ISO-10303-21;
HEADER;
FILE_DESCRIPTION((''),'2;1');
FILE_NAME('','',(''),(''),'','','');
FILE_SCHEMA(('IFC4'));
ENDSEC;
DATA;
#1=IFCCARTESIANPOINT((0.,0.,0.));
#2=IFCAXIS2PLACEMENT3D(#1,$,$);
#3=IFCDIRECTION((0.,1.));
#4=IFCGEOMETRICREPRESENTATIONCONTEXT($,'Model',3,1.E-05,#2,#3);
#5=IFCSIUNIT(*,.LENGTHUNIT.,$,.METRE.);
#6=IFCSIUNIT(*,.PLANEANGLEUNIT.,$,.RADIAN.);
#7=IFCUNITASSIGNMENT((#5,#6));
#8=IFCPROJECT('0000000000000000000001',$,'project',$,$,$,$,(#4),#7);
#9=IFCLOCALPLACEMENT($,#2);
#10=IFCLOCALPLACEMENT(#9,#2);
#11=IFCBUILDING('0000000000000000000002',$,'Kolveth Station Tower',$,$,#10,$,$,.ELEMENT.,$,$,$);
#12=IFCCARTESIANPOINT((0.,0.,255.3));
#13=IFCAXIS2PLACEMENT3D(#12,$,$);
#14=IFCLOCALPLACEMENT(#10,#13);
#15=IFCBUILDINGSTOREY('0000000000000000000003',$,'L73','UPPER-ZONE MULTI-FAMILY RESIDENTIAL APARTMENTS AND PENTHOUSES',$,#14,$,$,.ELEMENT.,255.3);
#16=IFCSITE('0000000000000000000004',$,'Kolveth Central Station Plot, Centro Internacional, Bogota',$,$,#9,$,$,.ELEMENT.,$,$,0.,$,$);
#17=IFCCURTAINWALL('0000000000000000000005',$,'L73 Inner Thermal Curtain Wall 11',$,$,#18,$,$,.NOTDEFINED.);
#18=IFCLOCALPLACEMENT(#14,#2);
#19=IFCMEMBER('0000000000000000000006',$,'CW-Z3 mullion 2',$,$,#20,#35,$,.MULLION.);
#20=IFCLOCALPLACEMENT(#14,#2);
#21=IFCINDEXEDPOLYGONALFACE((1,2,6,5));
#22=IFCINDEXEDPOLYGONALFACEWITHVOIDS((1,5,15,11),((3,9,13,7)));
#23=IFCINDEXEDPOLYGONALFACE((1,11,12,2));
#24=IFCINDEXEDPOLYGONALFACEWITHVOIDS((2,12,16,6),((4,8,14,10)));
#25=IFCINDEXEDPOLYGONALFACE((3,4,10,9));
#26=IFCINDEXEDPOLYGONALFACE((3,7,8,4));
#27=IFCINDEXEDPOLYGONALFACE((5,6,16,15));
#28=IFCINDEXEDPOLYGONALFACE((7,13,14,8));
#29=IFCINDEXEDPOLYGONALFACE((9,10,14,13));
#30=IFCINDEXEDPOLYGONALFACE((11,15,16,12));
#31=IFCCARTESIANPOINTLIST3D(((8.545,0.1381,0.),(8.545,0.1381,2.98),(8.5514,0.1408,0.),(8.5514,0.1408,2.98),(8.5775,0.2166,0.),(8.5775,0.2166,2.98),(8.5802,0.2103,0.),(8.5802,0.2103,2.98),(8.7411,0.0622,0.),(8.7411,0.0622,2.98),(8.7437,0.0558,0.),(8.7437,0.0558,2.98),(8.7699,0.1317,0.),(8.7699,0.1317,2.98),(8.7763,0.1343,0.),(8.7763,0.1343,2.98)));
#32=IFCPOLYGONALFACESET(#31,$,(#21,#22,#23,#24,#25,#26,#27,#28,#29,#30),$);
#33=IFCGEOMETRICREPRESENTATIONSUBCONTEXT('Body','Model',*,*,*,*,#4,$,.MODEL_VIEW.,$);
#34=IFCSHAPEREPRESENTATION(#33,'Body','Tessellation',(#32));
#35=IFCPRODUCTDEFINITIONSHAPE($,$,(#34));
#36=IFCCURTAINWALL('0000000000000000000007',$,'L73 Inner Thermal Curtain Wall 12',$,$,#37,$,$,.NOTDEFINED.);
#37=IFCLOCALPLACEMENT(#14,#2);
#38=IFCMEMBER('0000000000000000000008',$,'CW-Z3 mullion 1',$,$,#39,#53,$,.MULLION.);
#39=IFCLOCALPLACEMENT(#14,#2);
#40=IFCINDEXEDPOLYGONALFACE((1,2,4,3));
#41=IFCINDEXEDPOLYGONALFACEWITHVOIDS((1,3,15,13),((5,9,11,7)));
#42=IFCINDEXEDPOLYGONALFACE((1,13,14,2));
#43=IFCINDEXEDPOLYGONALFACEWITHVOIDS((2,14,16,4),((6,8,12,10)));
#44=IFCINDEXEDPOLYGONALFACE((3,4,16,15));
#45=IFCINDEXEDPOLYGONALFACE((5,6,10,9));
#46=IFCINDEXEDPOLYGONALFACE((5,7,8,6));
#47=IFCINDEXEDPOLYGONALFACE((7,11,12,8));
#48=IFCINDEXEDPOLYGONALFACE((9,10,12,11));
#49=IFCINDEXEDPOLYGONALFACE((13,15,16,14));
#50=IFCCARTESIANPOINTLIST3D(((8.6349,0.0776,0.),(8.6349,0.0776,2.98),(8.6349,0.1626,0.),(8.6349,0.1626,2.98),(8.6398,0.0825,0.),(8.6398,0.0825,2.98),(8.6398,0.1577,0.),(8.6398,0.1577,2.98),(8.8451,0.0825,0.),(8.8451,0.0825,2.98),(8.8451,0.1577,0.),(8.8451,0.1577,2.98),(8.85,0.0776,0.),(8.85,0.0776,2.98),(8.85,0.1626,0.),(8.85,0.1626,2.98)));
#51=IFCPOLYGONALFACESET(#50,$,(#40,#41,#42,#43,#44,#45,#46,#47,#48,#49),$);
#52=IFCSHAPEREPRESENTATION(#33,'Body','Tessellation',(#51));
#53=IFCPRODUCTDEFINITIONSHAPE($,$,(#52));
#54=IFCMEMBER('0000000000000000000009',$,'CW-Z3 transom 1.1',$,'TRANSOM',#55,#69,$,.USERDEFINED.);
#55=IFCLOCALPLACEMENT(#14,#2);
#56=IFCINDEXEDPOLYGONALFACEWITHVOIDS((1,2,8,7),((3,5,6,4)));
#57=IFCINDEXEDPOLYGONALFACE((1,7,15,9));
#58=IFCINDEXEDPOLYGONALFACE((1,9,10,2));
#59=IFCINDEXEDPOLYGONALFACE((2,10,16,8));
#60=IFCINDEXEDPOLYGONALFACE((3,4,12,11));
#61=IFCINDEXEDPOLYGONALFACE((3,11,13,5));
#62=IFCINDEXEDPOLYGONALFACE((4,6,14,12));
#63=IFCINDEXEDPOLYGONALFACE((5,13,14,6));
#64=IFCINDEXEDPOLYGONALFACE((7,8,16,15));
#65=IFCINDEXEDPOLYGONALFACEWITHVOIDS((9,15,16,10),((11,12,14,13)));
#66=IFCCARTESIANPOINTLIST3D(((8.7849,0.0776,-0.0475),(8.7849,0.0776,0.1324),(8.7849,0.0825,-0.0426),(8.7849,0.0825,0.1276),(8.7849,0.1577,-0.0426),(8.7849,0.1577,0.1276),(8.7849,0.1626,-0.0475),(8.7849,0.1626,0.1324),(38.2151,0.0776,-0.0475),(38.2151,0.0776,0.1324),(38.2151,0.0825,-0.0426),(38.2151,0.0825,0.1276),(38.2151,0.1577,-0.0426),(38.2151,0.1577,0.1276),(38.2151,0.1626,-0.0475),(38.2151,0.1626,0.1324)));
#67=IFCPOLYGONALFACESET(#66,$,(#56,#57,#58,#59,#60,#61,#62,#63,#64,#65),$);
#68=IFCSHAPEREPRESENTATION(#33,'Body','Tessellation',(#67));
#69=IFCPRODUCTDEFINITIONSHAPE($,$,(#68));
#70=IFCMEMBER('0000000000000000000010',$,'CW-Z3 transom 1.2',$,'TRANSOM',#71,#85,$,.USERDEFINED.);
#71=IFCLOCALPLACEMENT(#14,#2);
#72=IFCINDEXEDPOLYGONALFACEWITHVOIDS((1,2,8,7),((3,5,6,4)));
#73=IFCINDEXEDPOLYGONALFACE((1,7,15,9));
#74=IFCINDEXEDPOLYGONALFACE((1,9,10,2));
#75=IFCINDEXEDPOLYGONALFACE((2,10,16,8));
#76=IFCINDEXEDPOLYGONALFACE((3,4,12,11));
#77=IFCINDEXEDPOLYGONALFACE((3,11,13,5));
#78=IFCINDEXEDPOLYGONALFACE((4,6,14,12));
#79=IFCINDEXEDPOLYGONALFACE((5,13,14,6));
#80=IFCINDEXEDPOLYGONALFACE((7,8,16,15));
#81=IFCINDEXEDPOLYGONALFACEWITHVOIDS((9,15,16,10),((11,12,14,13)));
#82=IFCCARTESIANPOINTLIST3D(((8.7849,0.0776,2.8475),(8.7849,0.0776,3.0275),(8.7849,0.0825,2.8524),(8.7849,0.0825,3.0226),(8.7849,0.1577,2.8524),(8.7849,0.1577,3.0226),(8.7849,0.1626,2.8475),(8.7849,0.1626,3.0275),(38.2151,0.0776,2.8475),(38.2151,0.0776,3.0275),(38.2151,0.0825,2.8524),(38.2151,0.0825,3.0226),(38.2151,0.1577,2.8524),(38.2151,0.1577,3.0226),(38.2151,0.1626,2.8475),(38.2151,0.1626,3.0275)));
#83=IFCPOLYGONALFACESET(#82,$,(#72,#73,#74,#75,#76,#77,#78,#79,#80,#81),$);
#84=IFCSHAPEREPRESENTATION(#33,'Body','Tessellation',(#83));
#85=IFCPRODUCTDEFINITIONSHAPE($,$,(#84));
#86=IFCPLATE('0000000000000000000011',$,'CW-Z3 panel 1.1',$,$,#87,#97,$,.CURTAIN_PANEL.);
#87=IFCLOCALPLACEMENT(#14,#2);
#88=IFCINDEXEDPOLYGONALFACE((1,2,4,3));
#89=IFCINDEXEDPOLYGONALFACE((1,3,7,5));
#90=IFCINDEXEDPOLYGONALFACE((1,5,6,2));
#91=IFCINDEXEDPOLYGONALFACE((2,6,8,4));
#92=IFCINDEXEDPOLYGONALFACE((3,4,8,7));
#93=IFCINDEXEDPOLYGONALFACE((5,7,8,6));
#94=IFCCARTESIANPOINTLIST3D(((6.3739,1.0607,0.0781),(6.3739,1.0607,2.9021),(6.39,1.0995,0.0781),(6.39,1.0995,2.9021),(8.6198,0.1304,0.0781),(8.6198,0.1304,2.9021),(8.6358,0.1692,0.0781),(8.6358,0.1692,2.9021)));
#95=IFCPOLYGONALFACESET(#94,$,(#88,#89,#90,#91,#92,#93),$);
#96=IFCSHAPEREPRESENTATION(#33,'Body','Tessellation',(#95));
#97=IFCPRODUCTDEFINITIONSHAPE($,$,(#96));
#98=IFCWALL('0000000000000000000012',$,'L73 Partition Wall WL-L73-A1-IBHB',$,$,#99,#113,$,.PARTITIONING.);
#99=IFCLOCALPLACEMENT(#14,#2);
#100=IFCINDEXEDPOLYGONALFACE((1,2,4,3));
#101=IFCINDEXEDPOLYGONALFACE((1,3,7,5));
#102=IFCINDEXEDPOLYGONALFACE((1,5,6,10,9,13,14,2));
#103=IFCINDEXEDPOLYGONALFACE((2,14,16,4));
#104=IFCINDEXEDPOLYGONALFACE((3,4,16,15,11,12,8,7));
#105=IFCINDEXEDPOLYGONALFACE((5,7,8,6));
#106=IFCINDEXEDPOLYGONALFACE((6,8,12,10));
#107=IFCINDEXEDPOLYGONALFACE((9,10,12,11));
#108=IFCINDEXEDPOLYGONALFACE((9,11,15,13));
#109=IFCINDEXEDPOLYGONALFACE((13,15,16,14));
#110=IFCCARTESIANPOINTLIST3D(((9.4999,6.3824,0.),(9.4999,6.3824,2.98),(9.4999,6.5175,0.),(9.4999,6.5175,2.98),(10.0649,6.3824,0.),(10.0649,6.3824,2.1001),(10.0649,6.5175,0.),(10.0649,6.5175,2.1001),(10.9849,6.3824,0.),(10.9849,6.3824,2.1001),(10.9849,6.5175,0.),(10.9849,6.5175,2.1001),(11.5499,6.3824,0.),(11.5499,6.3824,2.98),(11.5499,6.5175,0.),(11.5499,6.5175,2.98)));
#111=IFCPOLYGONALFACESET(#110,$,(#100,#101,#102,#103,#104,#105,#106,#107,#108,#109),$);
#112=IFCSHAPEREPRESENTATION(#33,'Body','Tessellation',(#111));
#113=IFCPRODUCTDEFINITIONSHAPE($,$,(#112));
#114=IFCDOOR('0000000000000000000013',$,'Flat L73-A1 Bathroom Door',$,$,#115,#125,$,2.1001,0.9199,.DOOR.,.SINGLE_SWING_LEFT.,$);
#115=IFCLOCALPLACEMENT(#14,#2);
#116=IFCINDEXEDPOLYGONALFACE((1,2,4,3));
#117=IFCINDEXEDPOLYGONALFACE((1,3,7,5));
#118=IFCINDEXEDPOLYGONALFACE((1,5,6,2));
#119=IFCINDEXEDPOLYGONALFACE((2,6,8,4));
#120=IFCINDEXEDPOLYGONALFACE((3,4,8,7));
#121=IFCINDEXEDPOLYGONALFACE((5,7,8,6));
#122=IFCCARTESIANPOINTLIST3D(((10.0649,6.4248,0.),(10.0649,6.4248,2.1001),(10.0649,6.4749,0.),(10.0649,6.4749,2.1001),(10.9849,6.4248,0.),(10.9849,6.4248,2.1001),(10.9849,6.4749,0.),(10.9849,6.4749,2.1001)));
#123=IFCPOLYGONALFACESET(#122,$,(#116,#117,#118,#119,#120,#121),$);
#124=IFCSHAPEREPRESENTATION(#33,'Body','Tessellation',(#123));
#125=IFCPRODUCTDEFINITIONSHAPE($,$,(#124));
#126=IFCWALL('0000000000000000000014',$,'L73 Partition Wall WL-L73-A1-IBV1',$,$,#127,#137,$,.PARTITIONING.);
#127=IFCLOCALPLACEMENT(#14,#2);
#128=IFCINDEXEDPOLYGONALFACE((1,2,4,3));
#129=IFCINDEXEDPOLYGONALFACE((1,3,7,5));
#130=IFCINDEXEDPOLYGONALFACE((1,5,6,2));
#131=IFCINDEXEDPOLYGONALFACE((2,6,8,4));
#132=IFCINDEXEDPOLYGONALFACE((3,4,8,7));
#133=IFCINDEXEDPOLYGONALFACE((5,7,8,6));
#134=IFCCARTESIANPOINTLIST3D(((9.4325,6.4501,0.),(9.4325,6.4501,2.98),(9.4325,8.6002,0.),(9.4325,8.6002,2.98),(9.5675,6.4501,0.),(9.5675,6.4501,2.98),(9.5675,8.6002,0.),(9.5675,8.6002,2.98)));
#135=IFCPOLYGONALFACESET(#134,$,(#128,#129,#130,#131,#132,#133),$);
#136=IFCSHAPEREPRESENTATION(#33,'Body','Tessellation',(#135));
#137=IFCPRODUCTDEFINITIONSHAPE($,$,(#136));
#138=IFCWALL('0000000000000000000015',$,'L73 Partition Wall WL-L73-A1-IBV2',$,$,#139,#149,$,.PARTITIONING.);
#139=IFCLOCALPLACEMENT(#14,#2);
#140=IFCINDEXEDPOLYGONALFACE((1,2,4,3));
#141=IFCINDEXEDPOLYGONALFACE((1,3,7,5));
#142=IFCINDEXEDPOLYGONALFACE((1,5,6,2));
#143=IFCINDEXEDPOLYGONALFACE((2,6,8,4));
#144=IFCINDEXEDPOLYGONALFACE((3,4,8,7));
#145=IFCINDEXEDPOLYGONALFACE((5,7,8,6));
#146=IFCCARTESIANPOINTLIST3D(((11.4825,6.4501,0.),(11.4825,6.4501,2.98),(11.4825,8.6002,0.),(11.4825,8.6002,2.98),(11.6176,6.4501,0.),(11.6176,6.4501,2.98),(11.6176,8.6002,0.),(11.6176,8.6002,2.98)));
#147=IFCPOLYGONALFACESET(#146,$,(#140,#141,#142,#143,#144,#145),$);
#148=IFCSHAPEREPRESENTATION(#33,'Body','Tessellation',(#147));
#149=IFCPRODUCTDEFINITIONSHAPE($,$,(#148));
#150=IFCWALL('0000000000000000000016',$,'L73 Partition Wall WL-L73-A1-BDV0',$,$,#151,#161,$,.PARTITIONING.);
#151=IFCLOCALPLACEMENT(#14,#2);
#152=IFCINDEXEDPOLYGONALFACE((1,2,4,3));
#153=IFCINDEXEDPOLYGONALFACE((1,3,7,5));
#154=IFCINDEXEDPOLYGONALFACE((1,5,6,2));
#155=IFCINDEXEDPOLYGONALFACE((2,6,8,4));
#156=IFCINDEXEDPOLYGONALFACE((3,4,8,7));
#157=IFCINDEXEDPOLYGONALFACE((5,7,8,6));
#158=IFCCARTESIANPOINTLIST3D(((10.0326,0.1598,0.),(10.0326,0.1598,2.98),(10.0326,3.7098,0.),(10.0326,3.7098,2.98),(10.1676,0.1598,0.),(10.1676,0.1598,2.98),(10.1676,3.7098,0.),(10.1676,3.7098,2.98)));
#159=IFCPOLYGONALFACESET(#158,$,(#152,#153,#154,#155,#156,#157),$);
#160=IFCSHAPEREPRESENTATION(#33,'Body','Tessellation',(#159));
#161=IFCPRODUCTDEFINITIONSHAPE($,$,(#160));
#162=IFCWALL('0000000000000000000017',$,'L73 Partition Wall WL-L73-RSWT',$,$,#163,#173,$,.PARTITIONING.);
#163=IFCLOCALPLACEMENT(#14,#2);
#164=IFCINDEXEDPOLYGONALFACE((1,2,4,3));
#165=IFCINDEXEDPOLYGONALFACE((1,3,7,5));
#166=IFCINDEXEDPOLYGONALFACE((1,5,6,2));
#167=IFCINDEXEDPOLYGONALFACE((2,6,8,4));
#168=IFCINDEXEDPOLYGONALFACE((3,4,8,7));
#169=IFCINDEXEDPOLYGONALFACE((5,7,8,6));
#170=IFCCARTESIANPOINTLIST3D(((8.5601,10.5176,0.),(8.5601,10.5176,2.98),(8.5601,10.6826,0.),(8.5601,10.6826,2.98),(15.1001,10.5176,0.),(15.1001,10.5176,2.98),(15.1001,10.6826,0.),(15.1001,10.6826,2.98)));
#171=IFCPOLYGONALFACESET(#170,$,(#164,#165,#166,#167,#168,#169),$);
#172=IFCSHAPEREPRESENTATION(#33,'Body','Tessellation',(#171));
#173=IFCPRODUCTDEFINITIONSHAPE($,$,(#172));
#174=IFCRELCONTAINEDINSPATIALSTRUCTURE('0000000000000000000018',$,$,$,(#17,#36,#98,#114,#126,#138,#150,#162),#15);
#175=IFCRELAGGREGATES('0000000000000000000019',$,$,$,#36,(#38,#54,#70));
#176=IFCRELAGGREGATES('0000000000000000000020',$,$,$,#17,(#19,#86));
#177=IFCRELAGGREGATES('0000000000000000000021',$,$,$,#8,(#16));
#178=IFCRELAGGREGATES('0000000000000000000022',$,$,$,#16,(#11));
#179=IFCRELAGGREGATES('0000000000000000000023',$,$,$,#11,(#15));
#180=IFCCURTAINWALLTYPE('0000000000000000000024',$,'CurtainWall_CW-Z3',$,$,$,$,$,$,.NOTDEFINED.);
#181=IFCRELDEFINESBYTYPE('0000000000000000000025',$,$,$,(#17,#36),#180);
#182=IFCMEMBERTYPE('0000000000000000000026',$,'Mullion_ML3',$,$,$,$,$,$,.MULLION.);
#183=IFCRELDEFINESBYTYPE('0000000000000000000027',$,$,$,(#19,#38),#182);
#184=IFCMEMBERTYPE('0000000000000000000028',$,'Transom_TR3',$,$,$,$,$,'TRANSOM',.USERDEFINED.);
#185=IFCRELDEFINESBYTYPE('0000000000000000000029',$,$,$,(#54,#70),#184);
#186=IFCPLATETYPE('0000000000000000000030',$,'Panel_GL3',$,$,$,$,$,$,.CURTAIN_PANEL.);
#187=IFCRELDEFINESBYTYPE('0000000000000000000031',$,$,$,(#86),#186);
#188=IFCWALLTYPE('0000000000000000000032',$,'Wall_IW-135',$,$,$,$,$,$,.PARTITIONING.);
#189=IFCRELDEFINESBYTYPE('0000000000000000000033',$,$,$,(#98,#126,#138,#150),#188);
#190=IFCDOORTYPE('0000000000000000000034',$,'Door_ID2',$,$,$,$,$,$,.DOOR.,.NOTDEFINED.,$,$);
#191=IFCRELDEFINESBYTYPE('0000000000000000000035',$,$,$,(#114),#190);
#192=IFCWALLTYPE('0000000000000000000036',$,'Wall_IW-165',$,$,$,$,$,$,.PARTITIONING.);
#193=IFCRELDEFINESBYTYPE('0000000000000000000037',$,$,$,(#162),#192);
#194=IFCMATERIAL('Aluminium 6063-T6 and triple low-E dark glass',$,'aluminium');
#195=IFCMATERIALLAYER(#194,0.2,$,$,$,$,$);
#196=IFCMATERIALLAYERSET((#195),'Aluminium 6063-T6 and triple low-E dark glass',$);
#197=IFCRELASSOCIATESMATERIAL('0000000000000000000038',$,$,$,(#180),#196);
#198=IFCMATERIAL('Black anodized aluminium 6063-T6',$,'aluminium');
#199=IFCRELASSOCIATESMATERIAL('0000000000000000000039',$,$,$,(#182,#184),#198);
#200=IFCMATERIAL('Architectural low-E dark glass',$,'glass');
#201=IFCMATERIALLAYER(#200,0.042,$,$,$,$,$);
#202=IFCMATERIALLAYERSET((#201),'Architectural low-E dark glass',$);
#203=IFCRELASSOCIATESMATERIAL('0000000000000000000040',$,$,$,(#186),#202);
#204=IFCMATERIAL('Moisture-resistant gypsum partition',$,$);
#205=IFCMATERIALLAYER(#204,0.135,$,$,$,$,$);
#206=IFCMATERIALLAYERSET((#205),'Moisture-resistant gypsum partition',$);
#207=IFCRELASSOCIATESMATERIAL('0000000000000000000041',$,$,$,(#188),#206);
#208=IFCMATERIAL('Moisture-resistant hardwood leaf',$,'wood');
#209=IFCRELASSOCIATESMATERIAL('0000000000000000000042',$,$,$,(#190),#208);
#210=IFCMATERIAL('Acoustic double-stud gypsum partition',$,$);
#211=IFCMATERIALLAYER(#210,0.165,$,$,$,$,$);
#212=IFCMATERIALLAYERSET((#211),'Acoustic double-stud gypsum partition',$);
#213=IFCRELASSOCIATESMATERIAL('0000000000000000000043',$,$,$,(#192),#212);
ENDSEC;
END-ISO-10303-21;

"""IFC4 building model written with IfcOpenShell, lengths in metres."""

from ifc_helpers import new_model, si_unit, direction, frame, frame_2d, origin, origin_2d, place, context, subcontext, project, spatial, rectangle, hollow_rectangle, extrude, source, transform, mapped, material, layer, layer_set, material_profile, profile_set, type_object, element, fill, aggregate, save


model = new_model("IFC4")

# Units and contexts
model_context = context("Model", 3, precision=1e-05, world=origin(), true_north=direction((0.0, 1.0)))
body_context = subcontext(model_context, "Body", "Model", "MODEL_VIEW")
ifc_project = project(units=[si_unit("LENGTHUNIT", "METRE"), si_unit("PLANEANGLEUNIT", "RADIAN")], contexts=[model_context])

# Site, building, storey
site_placement = place(None, origin())
site = spatial("IfcSite", under=ifc_project, at=site_placement, Name="Kolveth Central Station Plot, Centro Internacional, Bogota", CompositionType="ELEMENT", RefElevation=0.0)
building_placement = place(site_placement, origin())
building = spatial("IfcBuilding", under=site, at=building_placement, Name="Kolveth Station Tower", CompositionType="ELEMENT")
storey_placement = place(building_placement, frame((0.0, 0.0, 255.3)))
storey = spatial("IfcBuildingStorey", under=building, at=storey_placement, Name="L73", Description="UPPER-ZONE MULTI-FAMILY RESIDENTIAL APARTMENTS AND PENTHOUSES", CompositionType="ELEMENT", Elevation=255.3)

# Curtain wall, member
ifc_material_1 = material(Name="Aluminium 6063-T6 and triple low-E dark glass", Category="aluminium")
ifc_layer_1 = layer(ifc_material_1, 0.2)
ifc_layer_set_1 = layer_set([ifc_layer_1], Name="Aluminium 6063-T6 and triple low-E dark glass")
curtain_wall_type = type_object("IfcCurtainWallType", Name="CurtainWall_CW-Z3", PredefinedType="NOTDEFINED", material=ifc_layer_set_1)
curtain_wall_1_placement = place(storey_placement, origin())
curtain_wall_1 = element("IfcCurtainWall", 1, at=curtain_wall_1_placement, inside=storey, type_object=curtain_wall_type, Name="L73 Inner Thermal Curtain Wall 11", PredefinedType="NOTDEFINED")
ifc_material_2 = material(Name="Black anodized aluminium 6063-T6", Category="aluminium")
ifc_material_profile_1 = material_profile(ifc_material_2, hollow_rectangle(XDim=0.085, YDim=0.2151, WallThickness=0.0049, at=origin_2d()), Name="ALU-85x215x5")
ifc_profile_set_1 = profile_set([ifc_material_profile_1], Name="Black anodized aluminium 6063-T6")
member_type_1 = type_object("IfcMemberType", Name="Mullion_ML3", PredefinedType="MULLION", material=ifc_profile_set_1)
shared_shape_1 = source(origin(), body_context, "Body", "SweptSolid", [
    extrude(hollow_rectangle(XDim=0.085, YDim=0.2151, WallThickness=0.0049, at=origin_2d()), origin(), (0.0, 0.0, 1.0), 2.98),
])
member_1_placement = place(storey_placement, frame((8.6606, 0.1362, 0.0), z_axis=(0.0, 0.0, 1.0), x_axis=(0.382693, 0.923875, 0.0)))
member_1 = element("IfcMember", 2, at=member_1_placement, type_object=member_type_1, Name="CW-Z3 mullion 2", PredefinedType="MULLION", context=body_context, shape_type="MappedRepresentation", body=[
    mapped(shared_shape_1, transform((0.0, 0.0, 0.0), x_axis=(1.0, 0.0, 0.0), y_axis=(0.0, 1.0, 0.0), z_axis=(0.0, 0.0, 1.0), scale=1.0)),
])

# Curtain wall, members
curtain_wall_2_placement = place(storey_placement, origin())
curtain_wall_2 = element("IfcCurtainWall", 3, at=curtain_wall_2_placement, inside=storey, type_object=curtain_wall_type, Name="L73 Inner Thermal Curtain Wall 12", PredefinedType="NOTDEFINED")
member_2_placement = place(storey_placement, frame((8.7424, 0.1201, 0.0), z_axis=(0.0, 0.0, 1.0), x_axis=(0.0, 1.0, 0.0)))
member_2 = element("IfcMember", 4, at=member_2_placement, type_object=member_type_1, Name="CW-Z3 mullion 1", PredefinedType="MULLION", context=body_context, shape_type="MappedRepresentation", body=[
    mapped(shared_shape_1, transform((0.0, 0.0, 0.0), x_axis=(1.0, 0.0, 0.0), y_axis=(0.0, 1.0, 0.0), z_axis=(0.0, 0.0, 1.0), scale=1.0)),
])
ifc_material_profile_2 = material_profile(ifc_material_2, hollow_rectangle(XDim=0.085, YDim=0.1799, WallThickness=0.0049, at=origin_2d()), Name="ALU-85x180x5")
ifc_profile_set_2 = profile_set([ifc_material_profile_2], Name="Black anodized aluminium 6063-T6")
member_type_2 = type_object("IfcMemberType", Name="Transom_TR3", ElementType="TRANSOM", PredefinedType="USERDEFINED", material=ifc_profile_set_2)
shared_shape_2 = source(origin(), body_context, "Body", "SweptSolid", [
    extrude(hollow_rectangle(XDim=0.085, YDim=0.1799, WallThickness=0.0049, at=origin_2d()), origin(), (0.0, 0.0, 1.0), 29.4302),
])
member_3_placement = place(storey_placement, frame((8.7849, 0.1201, 0.0425), z_axis=(1.0, 0.0, 0.0), x_axis=(0.0, 1.0, 0.0)))
member_3 = element("IfcMember", 5, at=member_3_placement, type_object=member_type_2, Name="CW-Z3 transom 1.1", ObjectType="TRANSOM", PredefinedType="USERDEFINED", context=body_context, shape_type="MappedRepresentation", body=[
    mapped(shared_shape_2, transform((0.0, 0.0, 0.0), x_axis=(1.0, 0.0, 0.0), y_axis=(0.0, 1.0, 0.0), z_axis=(0.0, 0.0, 1.0), scale=1.0)),
])
member_4_placement = place(storey_placement, frame((8.7849, 0.1201, 2.9375), z_axis=(1.0, 0.0, 0.0), x_axis=(0.0, 1.0, 0.0)))
member_4 = element("IfcMember", 6, at=member_4_placement, type_object=member_type_2, Name="CW-Z3 transom 1.2", ObjectType="TRANSOM", PredefinedType="USERDEFINED", context=body_context, shape_type="MappedRepresentation", body=[
    mapped(shared_shape_2, transform((0.0, 0.0, 0.0), x_axis=(1.0, 0.0, 0.0), y_axis=(0.0, 1.0, 0.0), z_axis=(0.0, 0.0, 1.0), scale=1.0)),
])
aggregate(curtain_wall_2, [member_2, member_3, member_4])

# Plate
ifc_material_3 = material(Name="Architectural low-E dark glass", Category="glass")
ifc_layer_2 = layer(ifc_material_3, 0.042)
ifc_layer_set_2 = layer_set([ifc_layer_2], Name="Architectural low-E dark glass")
plate_type = type_object("IfcPlateType", Name="Panel_GL3", PredefinedType="CURTAIN_PANEL", material=ifc_layer_set_2)
shared_shape_3 = source(origin(), body_context, "Body", "SweptSolid", [
    extrude(rectangle(XDim=2.4309, YDim=0.042, at=origin_2d()), origin(), (0.0, 0.0, 1.0), 2.824),
])
plate_placement = place(storey_placement, frame((7.5049, 0.615, 0.0781), z_axis=(0.0, 0.0, 1.0), x_axis=(0.923875, -0.382693, 0.0)))
plate = element("IfcPlate", 7, at=plate_placement, type_object=plate_type, Name="CW-Z3 panel 1.1", PredefinedType="CURTAIN_PANEL", context=body_context, shape_type="MappedRepresentation", body=[
    mapped(shared_shape_3, transform((0.0, 0.0, 0.0), x_axis=(1.0, 0.0, 0.0), y_axis=(0.0, 1.0, 0.0), z_axis=(0.0, 0.0, 1.0), scale=1.0)),
])
aggregate(curtain_wall_1, [member_1, plate])

# Wall, opening, door
ifc_material_4 = material(Name="Moisture-resistant gypsum partition")
ifc_layer_3 = layer(ifc_material_4, 0.135)
ifc_layer_set_3 = layer_set([ifc_layer_3], Name="Moisture-resistant gypsum partition")
wall_type_1 = type_object("IfcWallType", Name="Wall_IW-135", PredefinedType="PARTITIONING", material=ifc_layer_set_3)
wall_1_placement = place(storey_placement, frame((9.5, 6.45, 0.0), z_axis=(0.0, 0.0, 1.0), x_axis=(1.0, 0.0, 0.0)))
wall_1 = element("IfcWall", 8, at=wall_1_placement, inside=storey, type_object=wall_type_1, Name="L73 Partition Wall WL-L73-A1-IBHB", PredefinedType="PARTITIONING", context=body_context, shape_type="SweptSolid", body=[
    extrude(rectangle(XDim=2.05, YDim=0.135, at=frame_2d((1.0249, 0.0))), origin(), (0.0, 0.0, 1.0), 2.98),
])
opening_1_placement = place(wall_1_placement, frame((0.5649, 0.0, 0.0)))
opening_1 = element("IfcOpeningElement", 9, at=opening_1_placement, cuts=wall_1, PredefinedType="OPENING", context=body_context, shape_type="SweptSolid", body=[
    extrude(rectangle(XDim=0.9199, YDim=2.1001, at=frame_2d((0.46, 1.05))), frame((0.0, 0.0774, 0.0), z_axis=(0.0, -1.0, 0.0), x_axis=(1.0, 0.0, 0.0)), (0.0, 0.0, 1.0), 0.155),
])
ifc_material_5 = material(Name="Moisture-resistant hardwood leaf", Category="wood")
door_type_1 = type_object("IfcDoorType", Name="Door_ID2", OperationType="NOTDEFINED", PredefinedType="DOOR", material=ifc_material_5)
door_1_placement = place(opening_1_placement, origin())
door_1 = element("IfcDoor", 10, at=door_1_placement, inside=storey, type_object=door_type_1, Name="Flat L73-A1 Bathroom Door", OperationType="SINGLE_SWING_LEFT", OverallHeight=2.1001, OverallWidth=0.9199, PredefinedType="DOOR", context=body_context, shape_type="SweptSolid", body=[
    extrude(rectangle(XDim=0.9199, YDim=2.1001, at=frame_2d((0.46, 1.05))), frame((0.0, 0.0249, 0.0), z_axis=(0.0, -1.0, 0.0), x_axis=(1.0, 0.0, 0.0)), (0.0, 0.0, 1.0), 0.05),
])
fill(opening_1, door_1)

# Walls
for number, where, z_axis, x_axis, name in (
    (11, (9.5, 6.45, 0.0), (0.0, 0.0, 1.0), (0.0, 1.0, 0.0), "L73 Partition Wall WL-L73-A1-IBV1"),
    (12, (11.55, 6.45, 0.0), (0.0, 0.0, 1.0), (0.0, 1.0, 0.0), "L73 Partition Wall WL-L73-A1-IBV2"),
):
    element("IfcWall", number, at=place(storey_placement, frame(where, z_axis=z_axis, x_axis=x_axis)), inside=storey, type_object=wall_type_1, Name=name, PredefinedType="PARTITIONING", context=body_context, shape_type="SweptSolid", body=[
        extrude(rectangle(XDim=2.1501, YDim=0.135, at=frame_2d((1.0752, 0.0))), origin(), (0.0, 0.0, 1.0), 2.98),
    ])
wall_2_placement = place(storey_placement, frame((10.1001, 0.1599, 0.0), z_axis=(0.0, 0.0, 1.0), x_axis=(0.0, 1.0, 0.0)))
element("IfcWall", 13, at=wall_2_placement, inside=storey, type_object=wall_type_1, Name="L73 Partition Wall WL-L73-A1-BDV0", PredefinedType="PARTITIONING", context=body_context, shape_type="SweptSolid", body=[
    extrude(rectangle(XDim=3.55, YDim=0.135, at=frame_2d((1.7749, 0.0))), origin(), (0.0, 0.0, 1.0), 2.98),
])

# Wall
ifc_material_6 = material(Name="Acoustic double-stud gypsum partition")
ifc_layer_4 = layer(ifc_material_6, 0.165)
ifc_layer_set_4 = layer_set([ifc_layer_4], Name="Acoustic double-stud gypsum partition")
wall_type_2 = type_object("IfcWallType", Name="Wall_IW-165", PredefinedType="PARTITIONING", material=ifc_layer_set_4)
wall_3_placement = place(storey_placement, frame((8.5601, 10.6001, 0.0), z_axis=(0.0, 0.0, 1.0), x_axis=(1.0, 0.0, 0.0)))
element("IfcWall", 14, at=wall_3_placement, inside=storey, type_object=wall_type_2, Name="L73 Partition Wall WL-L73-RSWT", PredefinedType="PARTITIONING", context=body_context, shape_type="SweptSolid", body=[
    extrude(rectangle(XDim=6.54, YDim=0.165, at=frame_2d((3.27, 0.0))), origin(), (0.0, 0.0, 1.0), 2.98),
])

save(model, "model.ifc")
